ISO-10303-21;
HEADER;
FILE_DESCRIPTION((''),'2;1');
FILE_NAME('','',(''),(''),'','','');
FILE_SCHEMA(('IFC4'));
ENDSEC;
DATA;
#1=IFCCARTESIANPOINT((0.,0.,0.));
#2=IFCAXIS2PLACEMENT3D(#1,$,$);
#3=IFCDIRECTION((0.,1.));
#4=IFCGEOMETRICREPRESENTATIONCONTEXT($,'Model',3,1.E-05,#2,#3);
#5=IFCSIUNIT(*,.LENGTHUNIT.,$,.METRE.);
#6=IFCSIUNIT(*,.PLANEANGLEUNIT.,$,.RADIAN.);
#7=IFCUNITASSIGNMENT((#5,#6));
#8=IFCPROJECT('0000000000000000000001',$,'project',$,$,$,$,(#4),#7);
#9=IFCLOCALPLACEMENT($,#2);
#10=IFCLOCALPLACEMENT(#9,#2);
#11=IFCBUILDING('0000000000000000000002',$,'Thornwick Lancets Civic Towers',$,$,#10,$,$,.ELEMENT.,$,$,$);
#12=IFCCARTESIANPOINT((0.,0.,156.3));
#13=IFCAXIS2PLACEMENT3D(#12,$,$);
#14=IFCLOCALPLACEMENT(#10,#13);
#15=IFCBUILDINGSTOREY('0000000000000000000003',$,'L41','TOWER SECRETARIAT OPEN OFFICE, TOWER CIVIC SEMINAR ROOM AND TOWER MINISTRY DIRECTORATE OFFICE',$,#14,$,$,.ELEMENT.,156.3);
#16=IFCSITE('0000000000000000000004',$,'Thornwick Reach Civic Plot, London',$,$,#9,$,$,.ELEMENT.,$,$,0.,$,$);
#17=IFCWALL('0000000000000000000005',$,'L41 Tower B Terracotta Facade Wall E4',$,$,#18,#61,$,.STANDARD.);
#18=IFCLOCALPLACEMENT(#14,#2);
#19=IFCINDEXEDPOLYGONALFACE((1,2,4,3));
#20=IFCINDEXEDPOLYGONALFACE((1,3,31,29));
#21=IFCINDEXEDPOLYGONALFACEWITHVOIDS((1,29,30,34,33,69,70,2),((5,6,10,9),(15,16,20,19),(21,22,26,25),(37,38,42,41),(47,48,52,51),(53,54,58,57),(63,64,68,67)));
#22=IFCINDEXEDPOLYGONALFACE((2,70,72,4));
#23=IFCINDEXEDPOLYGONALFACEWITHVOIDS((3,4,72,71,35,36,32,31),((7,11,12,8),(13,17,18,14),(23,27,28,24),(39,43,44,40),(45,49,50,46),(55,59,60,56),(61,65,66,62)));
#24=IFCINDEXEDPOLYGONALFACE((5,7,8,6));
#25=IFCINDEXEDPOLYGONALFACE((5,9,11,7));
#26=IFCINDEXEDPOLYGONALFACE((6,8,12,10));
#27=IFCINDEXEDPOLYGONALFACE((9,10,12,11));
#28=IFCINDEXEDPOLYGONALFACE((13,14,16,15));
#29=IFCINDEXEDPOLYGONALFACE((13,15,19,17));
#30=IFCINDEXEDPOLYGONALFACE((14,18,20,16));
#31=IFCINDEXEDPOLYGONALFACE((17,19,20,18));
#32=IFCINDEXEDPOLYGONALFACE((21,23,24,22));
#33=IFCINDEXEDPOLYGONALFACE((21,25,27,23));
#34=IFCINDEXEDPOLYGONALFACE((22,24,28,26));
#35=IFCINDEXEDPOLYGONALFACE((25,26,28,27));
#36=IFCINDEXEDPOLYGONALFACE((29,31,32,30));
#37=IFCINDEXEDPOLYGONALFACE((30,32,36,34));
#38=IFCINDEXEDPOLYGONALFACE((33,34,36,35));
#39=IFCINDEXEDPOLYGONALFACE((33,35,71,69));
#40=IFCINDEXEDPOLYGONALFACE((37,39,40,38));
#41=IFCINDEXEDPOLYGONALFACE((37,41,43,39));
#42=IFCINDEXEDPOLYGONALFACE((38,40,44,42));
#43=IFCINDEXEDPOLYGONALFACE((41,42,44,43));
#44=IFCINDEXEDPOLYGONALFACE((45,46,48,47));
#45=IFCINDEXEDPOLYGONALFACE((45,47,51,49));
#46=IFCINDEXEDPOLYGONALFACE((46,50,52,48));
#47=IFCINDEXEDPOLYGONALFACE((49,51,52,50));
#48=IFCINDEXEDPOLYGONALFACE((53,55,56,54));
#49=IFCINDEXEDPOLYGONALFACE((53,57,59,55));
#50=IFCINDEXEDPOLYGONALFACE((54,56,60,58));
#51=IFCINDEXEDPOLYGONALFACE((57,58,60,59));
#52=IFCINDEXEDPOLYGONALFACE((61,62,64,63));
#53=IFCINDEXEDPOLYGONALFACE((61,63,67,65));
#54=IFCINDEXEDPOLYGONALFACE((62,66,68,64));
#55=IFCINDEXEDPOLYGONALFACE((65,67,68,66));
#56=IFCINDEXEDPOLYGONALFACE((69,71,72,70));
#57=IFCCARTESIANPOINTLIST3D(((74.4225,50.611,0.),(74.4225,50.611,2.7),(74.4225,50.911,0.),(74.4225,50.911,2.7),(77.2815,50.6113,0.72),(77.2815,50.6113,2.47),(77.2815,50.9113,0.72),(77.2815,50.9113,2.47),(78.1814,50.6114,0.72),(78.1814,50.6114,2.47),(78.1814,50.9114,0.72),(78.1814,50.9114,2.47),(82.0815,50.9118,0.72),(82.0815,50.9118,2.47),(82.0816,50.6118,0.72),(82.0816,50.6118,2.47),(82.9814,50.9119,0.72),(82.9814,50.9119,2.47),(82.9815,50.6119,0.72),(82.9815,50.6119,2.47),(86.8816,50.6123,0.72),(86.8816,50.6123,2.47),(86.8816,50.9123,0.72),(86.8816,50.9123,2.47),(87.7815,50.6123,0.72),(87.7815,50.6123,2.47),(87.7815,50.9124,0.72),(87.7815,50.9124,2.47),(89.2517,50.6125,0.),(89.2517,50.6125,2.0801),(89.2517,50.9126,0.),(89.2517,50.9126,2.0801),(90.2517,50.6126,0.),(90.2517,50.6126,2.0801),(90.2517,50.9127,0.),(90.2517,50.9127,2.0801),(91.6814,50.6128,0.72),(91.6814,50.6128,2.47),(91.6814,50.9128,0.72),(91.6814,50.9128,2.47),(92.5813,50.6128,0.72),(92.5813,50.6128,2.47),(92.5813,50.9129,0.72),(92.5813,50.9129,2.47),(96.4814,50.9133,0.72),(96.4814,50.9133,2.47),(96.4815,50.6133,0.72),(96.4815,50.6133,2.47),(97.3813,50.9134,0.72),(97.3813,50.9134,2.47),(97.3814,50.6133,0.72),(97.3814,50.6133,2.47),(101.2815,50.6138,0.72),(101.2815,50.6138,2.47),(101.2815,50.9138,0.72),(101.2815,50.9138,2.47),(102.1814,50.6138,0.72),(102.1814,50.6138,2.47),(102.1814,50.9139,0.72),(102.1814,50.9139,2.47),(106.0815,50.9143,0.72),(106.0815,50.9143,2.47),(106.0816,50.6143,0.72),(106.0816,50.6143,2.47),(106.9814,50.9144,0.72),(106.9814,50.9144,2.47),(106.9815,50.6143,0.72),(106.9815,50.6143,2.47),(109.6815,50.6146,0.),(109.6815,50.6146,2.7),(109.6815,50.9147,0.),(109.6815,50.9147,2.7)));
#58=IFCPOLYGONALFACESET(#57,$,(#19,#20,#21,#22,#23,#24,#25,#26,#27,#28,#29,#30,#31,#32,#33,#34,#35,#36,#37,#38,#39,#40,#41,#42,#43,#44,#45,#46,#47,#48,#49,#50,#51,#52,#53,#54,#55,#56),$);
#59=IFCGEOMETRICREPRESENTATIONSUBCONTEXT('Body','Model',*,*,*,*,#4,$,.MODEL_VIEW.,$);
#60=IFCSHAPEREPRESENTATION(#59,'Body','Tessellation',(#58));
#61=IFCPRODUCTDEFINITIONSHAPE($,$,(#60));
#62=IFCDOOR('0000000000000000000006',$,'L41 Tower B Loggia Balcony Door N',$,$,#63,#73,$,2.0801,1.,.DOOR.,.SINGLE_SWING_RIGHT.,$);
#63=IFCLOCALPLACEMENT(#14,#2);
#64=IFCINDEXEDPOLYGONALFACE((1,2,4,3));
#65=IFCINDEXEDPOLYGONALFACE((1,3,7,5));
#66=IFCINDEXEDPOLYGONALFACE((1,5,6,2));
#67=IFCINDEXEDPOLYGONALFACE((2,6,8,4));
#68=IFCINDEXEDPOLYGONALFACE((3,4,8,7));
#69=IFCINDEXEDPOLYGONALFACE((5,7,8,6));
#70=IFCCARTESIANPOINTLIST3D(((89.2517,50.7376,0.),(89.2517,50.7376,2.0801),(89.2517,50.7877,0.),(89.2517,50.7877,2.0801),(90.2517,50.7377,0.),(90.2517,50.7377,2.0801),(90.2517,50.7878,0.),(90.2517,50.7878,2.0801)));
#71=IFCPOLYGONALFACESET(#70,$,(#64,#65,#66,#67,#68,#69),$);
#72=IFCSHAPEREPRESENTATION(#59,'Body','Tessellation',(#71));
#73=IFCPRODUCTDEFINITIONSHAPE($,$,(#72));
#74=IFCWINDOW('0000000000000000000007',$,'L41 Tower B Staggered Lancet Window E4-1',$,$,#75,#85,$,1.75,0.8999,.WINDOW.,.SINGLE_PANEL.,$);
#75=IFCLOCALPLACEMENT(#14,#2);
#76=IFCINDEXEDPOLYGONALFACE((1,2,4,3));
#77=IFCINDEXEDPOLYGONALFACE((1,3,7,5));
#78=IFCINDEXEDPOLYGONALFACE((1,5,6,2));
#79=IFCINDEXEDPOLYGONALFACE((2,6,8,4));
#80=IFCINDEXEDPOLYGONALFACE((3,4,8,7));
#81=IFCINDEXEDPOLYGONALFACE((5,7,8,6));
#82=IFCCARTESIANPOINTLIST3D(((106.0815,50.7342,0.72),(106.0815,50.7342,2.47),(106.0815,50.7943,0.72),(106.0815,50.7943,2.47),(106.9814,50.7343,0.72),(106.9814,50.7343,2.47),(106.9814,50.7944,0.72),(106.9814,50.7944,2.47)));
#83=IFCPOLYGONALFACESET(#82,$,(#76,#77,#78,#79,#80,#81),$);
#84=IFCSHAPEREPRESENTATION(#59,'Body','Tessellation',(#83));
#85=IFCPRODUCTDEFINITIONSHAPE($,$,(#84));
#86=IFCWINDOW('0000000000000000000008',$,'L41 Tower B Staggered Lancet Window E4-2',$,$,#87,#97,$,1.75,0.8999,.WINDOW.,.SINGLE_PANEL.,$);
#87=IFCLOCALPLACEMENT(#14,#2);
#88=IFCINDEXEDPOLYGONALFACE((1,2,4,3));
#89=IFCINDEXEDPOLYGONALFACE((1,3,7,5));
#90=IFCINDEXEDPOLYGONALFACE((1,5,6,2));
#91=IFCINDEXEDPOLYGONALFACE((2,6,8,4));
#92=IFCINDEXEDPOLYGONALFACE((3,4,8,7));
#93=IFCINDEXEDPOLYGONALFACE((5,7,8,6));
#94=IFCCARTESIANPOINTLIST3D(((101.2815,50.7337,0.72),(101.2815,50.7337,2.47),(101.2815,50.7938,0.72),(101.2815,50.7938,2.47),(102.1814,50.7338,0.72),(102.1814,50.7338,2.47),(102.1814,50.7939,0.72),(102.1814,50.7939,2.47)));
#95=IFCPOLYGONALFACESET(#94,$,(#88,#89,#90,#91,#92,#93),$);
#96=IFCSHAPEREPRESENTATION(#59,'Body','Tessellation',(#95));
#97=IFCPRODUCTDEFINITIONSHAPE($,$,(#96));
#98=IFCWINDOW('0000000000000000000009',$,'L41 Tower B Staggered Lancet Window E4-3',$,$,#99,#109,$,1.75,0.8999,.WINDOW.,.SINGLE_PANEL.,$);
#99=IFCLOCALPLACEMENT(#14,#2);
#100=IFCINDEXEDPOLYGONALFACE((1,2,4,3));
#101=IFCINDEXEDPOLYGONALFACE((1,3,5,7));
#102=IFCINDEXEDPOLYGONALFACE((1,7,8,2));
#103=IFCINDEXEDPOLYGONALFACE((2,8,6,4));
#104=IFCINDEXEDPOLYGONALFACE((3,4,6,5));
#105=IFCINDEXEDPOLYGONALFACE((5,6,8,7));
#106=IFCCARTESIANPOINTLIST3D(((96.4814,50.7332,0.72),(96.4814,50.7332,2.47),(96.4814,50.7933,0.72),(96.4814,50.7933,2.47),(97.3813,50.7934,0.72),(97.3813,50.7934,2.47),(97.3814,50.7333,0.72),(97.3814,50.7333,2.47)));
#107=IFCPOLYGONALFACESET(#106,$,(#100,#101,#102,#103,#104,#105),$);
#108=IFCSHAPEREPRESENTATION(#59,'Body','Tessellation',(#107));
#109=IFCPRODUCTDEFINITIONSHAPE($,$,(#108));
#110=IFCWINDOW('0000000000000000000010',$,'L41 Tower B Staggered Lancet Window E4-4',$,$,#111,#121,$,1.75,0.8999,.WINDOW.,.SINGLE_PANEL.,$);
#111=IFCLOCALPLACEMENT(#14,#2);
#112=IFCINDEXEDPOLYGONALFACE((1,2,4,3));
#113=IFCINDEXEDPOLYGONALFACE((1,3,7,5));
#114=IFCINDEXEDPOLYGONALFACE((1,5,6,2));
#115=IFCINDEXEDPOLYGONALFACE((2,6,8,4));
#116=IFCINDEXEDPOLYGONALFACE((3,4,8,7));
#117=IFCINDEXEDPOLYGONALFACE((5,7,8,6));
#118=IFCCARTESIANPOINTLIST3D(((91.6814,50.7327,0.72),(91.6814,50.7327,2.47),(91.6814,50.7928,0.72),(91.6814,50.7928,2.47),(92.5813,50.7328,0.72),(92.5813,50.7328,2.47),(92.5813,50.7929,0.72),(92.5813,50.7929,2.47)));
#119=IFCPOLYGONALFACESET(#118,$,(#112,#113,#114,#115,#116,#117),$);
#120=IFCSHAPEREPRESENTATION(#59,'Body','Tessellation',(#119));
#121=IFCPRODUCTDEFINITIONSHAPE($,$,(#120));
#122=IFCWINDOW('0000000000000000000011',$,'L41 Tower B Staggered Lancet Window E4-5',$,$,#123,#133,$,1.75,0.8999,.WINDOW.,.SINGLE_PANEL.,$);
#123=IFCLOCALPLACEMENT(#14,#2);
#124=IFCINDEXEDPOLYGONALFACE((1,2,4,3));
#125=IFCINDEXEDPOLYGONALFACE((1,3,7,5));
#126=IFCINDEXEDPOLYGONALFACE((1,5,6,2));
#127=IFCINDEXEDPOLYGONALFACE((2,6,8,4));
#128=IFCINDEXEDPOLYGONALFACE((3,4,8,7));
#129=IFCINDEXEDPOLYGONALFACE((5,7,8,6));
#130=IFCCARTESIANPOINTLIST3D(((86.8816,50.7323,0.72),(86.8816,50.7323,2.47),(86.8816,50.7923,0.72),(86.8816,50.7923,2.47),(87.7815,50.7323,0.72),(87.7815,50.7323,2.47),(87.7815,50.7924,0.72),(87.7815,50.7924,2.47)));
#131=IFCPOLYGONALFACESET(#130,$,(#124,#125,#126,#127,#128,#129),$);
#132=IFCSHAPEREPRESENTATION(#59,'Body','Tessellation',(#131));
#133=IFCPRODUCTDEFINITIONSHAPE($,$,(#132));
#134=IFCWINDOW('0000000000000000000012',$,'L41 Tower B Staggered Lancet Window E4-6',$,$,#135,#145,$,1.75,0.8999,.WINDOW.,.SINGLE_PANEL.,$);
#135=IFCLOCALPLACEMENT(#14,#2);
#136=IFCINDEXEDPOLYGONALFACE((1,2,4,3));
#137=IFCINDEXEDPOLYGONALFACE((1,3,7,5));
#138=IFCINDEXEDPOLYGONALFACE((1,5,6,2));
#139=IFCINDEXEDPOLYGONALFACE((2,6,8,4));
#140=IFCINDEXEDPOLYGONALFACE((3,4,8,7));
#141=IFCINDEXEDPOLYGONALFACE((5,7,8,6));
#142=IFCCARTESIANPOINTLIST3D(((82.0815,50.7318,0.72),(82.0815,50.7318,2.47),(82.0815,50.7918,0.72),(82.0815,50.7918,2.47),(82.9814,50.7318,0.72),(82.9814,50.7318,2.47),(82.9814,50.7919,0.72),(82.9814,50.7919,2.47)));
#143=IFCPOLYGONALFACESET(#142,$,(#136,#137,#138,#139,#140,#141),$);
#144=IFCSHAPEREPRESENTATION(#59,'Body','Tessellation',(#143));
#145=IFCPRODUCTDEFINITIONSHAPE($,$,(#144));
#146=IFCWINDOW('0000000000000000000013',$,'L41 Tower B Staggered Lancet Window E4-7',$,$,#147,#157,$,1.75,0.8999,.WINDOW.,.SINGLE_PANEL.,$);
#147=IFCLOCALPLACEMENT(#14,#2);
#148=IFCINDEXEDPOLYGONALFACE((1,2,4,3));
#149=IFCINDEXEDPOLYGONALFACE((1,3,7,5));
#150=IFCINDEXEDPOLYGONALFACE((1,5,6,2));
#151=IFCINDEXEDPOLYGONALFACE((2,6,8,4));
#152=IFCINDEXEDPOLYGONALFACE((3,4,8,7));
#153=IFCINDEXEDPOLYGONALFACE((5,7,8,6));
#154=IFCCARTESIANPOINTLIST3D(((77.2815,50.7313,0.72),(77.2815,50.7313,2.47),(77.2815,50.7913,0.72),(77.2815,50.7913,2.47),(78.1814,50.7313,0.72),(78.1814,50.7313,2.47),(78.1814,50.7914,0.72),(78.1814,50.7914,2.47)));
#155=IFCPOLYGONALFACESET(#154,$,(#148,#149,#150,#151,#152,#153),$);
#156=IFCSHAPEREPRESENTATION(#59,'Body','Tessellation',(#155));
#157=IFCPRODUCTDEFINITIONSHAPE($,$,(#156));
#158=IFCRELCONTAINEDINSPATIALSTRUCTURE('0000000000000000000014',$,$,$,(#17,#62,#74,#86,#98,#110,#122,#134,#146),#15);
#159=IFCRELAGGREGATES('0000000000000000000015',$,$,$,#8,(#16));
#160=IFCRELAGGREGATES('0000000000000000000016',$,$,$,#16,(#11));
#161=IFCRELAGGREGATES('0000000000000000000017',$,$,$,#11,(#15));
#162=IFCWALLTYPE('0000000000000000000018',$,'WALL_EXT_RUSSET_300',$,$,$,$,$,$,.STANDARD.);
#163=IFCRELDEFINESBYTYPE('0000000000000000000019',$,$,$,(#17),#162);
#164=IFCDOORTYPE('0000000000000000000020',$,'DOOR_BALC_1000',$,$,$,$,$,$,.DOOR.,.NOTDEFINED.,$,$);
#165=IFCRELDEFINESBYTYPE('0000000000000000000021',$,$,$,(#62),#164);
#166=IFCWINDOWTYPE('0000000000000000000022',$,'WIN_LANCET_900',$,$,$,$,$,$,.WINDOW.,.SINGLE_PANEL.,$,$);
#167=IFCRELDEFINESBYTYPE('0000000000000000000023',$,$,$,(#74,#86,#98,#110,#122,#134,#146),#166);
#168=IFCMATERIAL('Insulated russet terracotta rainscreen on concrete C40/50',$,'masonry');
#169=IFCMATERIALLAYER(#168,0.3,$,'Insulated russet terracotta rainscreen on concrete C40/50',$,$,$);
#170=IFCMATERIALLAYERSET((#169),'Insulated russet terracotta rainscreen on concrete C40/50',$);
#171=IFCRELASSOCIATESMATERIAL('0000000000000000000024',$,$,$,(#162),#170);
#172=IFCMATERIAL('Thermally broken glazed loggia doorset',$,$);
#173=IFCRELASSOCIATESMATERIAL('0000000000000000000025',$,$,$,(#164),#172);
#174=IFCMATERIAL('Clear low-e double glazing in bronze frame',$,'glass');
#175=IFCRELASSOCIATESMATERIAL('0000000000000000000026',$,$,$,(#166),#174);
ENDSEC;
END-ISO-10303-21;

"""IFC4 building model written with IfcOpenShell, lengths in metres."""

from ifc_helpers import new_model, si_unit, direction, frame, frame_2d, origin, place, context, subcontext, project, spatial, rectangle, extrude, material, layer, layer_set, type_object, element, fill, save


model = new_model("IFC4")

# Units and contexts
model_context = context("Model", 3, precision=1e-05, world=origin(), true_north=direction((0.0, 1.0)))
body_context = subcontext(model_context, "Body", "Model", "MODEL_VIEW")
ifc_project = project(units=[si_unit("LENGTHUNIT", "METRE"), si_unit("PLANEANGLEUNIT", "RADIAN")], contexts=[model_context])

# Site, building, storey
site_placement = place(None, origin())
site = spatial("IfcSite", under=ifc_project, at=site_placement, Name="Thornwick Reach Civic Plot, London", CompositionType="ELEMENT", RefElevation=0.0)
building_placement = place(site_placement, origin())
building = spatial("IfcBuilding", under=site, at=building_placement, Name="Thornwick Lancets Civic Towers", CompositionType="ELEMENT")
storey_placement = place(building_placement, frame((0.0, 0.0, 156.3)))
storey = spatial("IfcBuildingStorey", under=building, at=storey_placement, Name="L41", Description="TOWER SECRETARIAT OPEN OFFICE, TOWER CIVIC SEMINAR ROOM AND TOWER MINISTRY DIRECTORATE OFFICE", CompositionType="ELEMENT", Elevation=156.3)

# Wall, openings, door, windows
ifc_material_1 = material(Name="Insulated russet terracotta rainscreen on concrete C40/50", Category="masonry")
ifc_layer_1 = layer(ifc_material_1, 0.3, Name="Insulated russet terracotta rainscreen on concrete C40/50")
ifc_layer_set_1 = layer_set([ifc_layer_1], Name="Insulated russet terracotta rainscreen on concrete C40/50")
wall_type_1 = type_object("IfcWallType", Name="WALL_EXT_RUSSET_300", PredefinedType="STANDARD", material=ifc_layer_set_1)
wall_1_placement = place(storey_placement, frame((109.6814, 50.7646, 0.0), z_axis=(0.0, 0.0, 1.0), x_axis=(-1.0, -0.000104, 0.0)))
wall_1 = element("IfcWall", 1, at=wall_1_placement, inside=storey, type_object=wall_type_1, Name="L41 Tower B Terracotta Facade Wall E4", PredefinedType="STANDARD", context=body_context, shape_type="SweptSolid", body=[
    extrude(rectangle(XDim=35.259, YDim=0.3, at=frame_2d((17.6294, 0.0))), origin(), (0.0, 0.0, 1.0), 2.7),
])
opening_1_placement = place(wall_1_placement, frame((19.4297, 0.0, 0.0)))
opening_1 = element("IfcOpeningElement", 2, at=opening_1_placement, cuts=wall_1, PredefinedType="OPENING", context=body_context, shape_type="SweptSolid", body=[
    extrude(rectangle(XDim=1.0, YDim=2.0801, at=frame_2d((0.5, 1.04))), frame((0.0, 0.1602, 0.0), z_axis=(0.0, -1.0, 0.0), x_axis=(1.0, 0.0, 0.0)), (0.0, 0.0, 1.0), 0.3201),
])
opening_2_placement = place(wall_1_placement, frame((2.7, 0.0, 0.72)))
opening_2 = element("IfcOpeningElement", 3, at=opening_2_placement, cuts=wall_1, PredefinedType="OPENING", context=body_context, shape_type="SweptSolid", body=[
    extrude(rectangle(XDim=0.8999, YDim=1.75, at=frame_2d((0.45, 0.875))), frame((0.0, 0.1602, 0.0), z_axis=(0.0, -1.0, 0.0), x_axis=(1.0, 0.0, 0.0)), (0.0, 0.0, 1.0), 0.3201),
])
opening_3_placement = place(wall_1_placement, frame((7.5, 0.0, 0.72)))
opening_3 = element("IfcOpeningElement", 4, at=opening_3_placement, cuts=wall_1, PredefinedType="OPENING", context=body_context, shape_type="SweptSolid", body=[
    extrude(rectangle(XDim=0.8999, YDim=1.75, at=frame_2d((0.45, 0.875))), frame((0.0, 0.1602, 0.0), z_axis=(0.0, -1.0, 0.0), x_axis=(1.0, 0.0, 0.0)), (0.0, 0.0, 1.0), 0.3201),
])
opening_4_placement = place(wall_1_placement, frame((12.3, 0.0, 0.72)))
opening_4 = element("IfcOpeningElement", 5, at=opening_4_placement, cuts=wall_1, PredefinedType="OPENING", context=body_context, shape_type="SweptSolid", body=[
    extrude(rectangle(XDim=0.8999, YDim=1.75, at=frame_2d((0.45, 0.875))), frame((0.0, 0.1602, 0.0), z_axis=(0.0, -1.0, 0.0), x_axis=(1.0, 0.0, 0.0)), (0.0, 0.0, 1.0), 0.3201),
])
opening_5_placement = place(wall_1_placement, frame((17.1001, 0.0, 0.72)))
opening_5 = element("IfcOpeningElement", 6, at=opening_5_placement, cuts=wall_1, PredefinedType="OPENING", context=body_context, shape_type="SweptSolid", body=[
    extrude(rectangle(XDim=0.8999, YDim=1.75, at=frame_2d((0.45, 0.875))), frame((0.0, 0.1602, 0.0), z_axis=(0.0, -1.0, 0.0), x_axis=(1.0, 0.0, 0.0)), (0.0, 0.0, 1.0), 0.3201),
])
opening_6_placement = place(wall_1_placement, frame((21.8999, 0.0, 0.72)))
opening_6 = element("IfcOpeningElement", 7, at=opening_6_placement, cuts=wall_1, PredefinedType="OPENING", context=body_context, shape_type="SweptSolid", body=[
    extrude(rectangle(XDim=0.8999, YDim=1.75, at=frame_2d((0.45, 0.875))), frame((0.0, 0.1602, 0.0), z_axis=(0.0, -1.0, 0.0), x_axis=(1.0, 0.0, 0.0)), (0.0, 0.0, 1.0), 0.3201),
])
opening_7_placement = place(wall_1_placement, frame((26.7, 0.0, 0.72)))
opening_7 = element("IfcOpeningElement", 8, at=opening_7_placement, cuts=wall_1, PredefinedType="OPENING", context=body_context, shape_type="SweptSolid", body=[
    extrude(rectangle(XDim=0.8999, YDim=1.75, at=frame_2d((0.45, 0.875))), frame((0.0, 0.1602, 0.0), z_axis=(0.0, -1.0, 0.0), x_axis=(1.0, 0.0, 0.0)), (0.0, 0.0, 1.0), 0.3201),
])
opening_8_placement = place(wall_1_placement, frame((31.5, 0.0, 0.72)))
opening_8 = element("IfcOpeningElement", 9, at=opening_8_placement, cuts=wall_1, PredefinedType="OPENING", context=body_context, shape_type="SweptSolid", body=[
    extrude(rectangle(XDim=0.8999, YDim=1.75, at=frame_2d((0.45, 0.875))), frame((0.0, 0.1602, 0.0), z_axis=(0.0, -1.0, 0.0), x_axis=(1.0, 0.0, 0.0)), (0.0, 0.0, 1.0), 0.3201),
])
ifc_material_2 = material(Name="Thermally broken glazed loggia doorset")
door_type = type_object("IfcDoorType", Name="DOOR_BALC_1000", OperationType="NOTDEFINED", PredefinedType="DOOR", material=ifc_material_2)
door_placement = place(opening_1_placement, origin())
door = element("IfcDoor", 10, at=door_placement, inside=storey, type_object=door_type, Name="L41 Tower B Loggia Balcony Door N", OperationType="SINGLE_SWING_RIGHT", OverallHeight=2.0801, OverallWidth=1.0, PredefinedType="DOOR", context=body_context, shape_type="SweptSolid", body=[
    extrude(rectangle(XDim=1.0, YDim=2.0801, at=frame_2d((0.5, 1.04))), frame((0.0, 0.0249, 0.0), z_axis=(0.0, -1.0, 0.0), x_axis=(1.0, 0.0, 0.0)), (0.0, 0.0, 1.0), 0.05),
])
fill(opening_1, door)
ifc_material_3 = material(Name="Clear low-e double glazing in bronze frame", Category="glass")
window_type = type_object("IfcWindowType", Name="WIN_LANCET_900", PartitioningType="SINGLE_PANEL", PredefinedType="WINDOW", material=ifc_material_3)
window_1_placement = place(opening_2_placement, origin())
window_1 = element("IfcWindow", 11, at=window_1_placement, inside=storey, type_object=window_type, Name="L41 Tower B Staggered Lancet Window E4-1", OverallHeight=1.75, OverallWidth=0.8999, PartitioningType="SINGLE_PANEL", PredefinedType="WINDOW", context=body_context, shape_type="SweptSolid", body=[
    extrude(rectangle(XDim=0.8999, YDim=1.75, at=frame_2d((0.45, 0.875))), frame((0.0, 0.03, 0.0), z_axis=(0.0, -1.0, 0.0), x_axis=(1.0, 0.0, 0.0)), (0.0, 0.0, 1.0), 0.0601),
])
fill(opening_2, window_1)
window_2_placement = place(opening_3_placement, origin())
window_2 = element("IfcWindow", 12, at=window_2_placement, inside=storey, type_object=window_type, Name="L41 Tower B Staggered Lancet Window E4-2", OverallHeight=1.75, OverallWidth=0.8999, PartitioningType="SINGLE_PANEL", PredefinedType="WINDOW", context=body_context, shape_type="SweptSolid", body=[
    extrude(rectangle(XDim=0.8999, YDim=1.75, at=frame_2d((0.45, 0.875))), frame((0.0, 0.03, 0.0), z_axis=(0.0, -1.0, 0.0), x_axis=(1.0, 0.0, 0.0)), (0.0, 0.0, 1.0), 0.0601),
])
fill(opening_3, window_2)
window_3_placement = place(opening_4_placement, origin())
window_3 = element("IfcWindow", 13, at=window_3_placement, inside=storey, type_object=window_type, Name="L41 Tower B Staggered Lancet Window E4-3", OverallHeight=1.75, OverallWidth=0.8999, PartitioningType="SINGLE_PANEL", PredefinedType="WINDOW", context=body_context, shape_type="SweptSolid", body=[
    extrude(rectangle(XDim=0.8999, YDim=1.75, at=frame_2d((0.45, 0.875))), frame((0.0, 0.03, 0.0), z_axis=(0.0, -1.0, 0.0), x_axis=(1.0, 0.0, 0.0)), (0.0, 0.0, 1.0), 0.0601),
])
fill(opening_4, window_3)
window_4_placement = place(opening_5_placement, origin())
window_4 = element("IfcWindow", 14, at=window_4_placement, inside=storey, type_object=window_type, Name="L41 Tower B Staggered Lancet Window E4-4", OverallHeight=1.75, OverallWidth=0.8999, PartitioningType="SINGLE_PANEL", PredefinedType="WINDOW", context=body_context, shape_type="SweptSolid", body=[
    extrude(rectangle(XDim=0.8999, YDim=1.75, at=frame_2d((0.45, 0.875))), frame((0.0, 0.03, 0.0), z_axis=(0.0, -1.0, 0.0), x_axis=(1.0, 0.0, 0.0)), (0.0, 0.0, 1.0), 0.0601),
])
fill(opening_5, window_4)
window_5_placement = place(opening_6_placement, origin())
window_5 = element("IfcWindow", 15, at=window_5_placement, inside=storey, type_object=window_type, Name="L41 Tower B Staggered Lancet Window E4-5", OverallHeight=1.75, OverallWidth=0.8999, PartitioningType="SINGLE_PANEL", PredefinedType="WINDOW", context=body_context, shape_type="SweptSolid", body=[
    extrude(rectangle(XDim=0.8999, YDim=1.75, at=frame_2d((0.45, 0.875))), frame((0.0, 0.03, 0.0), z_axis=(0.0, -1.0, 0.0), x_axis=(1.0, 0.0, 0.0)), (0.0, 0.0, 1.0), 0.0601),
])
fill(opening_6, window_5)
window_6_placement = place(opening_7_placement, origin())
window_6 = element("IfcWindow", 16, at=window_6_placement, inside=storey, type_object=window_type, Name="L41 Tower B Staggered Lancet Window E4-6", OverallHeight=1.75, OverallWidth=0.8999, PartitioningType="SINGLE_PANEL", PredefinedType="WINDOW", context=body_context, shape_type="SweptSolid", body=[
    extrude(rectangle(XDim=0.8999, YDim=1.75, at=frame_2d((0.45, 0.875))), frame((0.0, 0.03, 0.0), z_axis=(0.0, -1.0, 0.0), x_axis=(1.0, 0.0, 0.0)), (0.0, 0.0, 1.0), 0.0601),
])
fill(opening_7, window_6)
window_7_placement = place(opening_8_placement, origin())
window_7 = element("IfcWindow", 17, at=window_7_placement, inside=storey, type_object=window_type, Name="L41 Tower B Staggered Lancet Window E4-7", OverallHeight=1.75, OverallWidth=0.8999, PartitioningType="SINGLE_PANEL", PredefinedType="WINDOW", context=body_context, shape_type="SweptSolid", body=[
    extrude(rectangle(XDim=0.8999, YDim=1.75, at=frame_2d((0.45, 0.875))), frame((0.0, 0.03, 0.0), z_axis=(0.0, -1.0, 0.0), x_axis=(1.0, 0.0, 0.0)), (0.0, 0.0, 1.0), 0.0601),
])
fill(opening_8, window_7)

save(model, "model.ifc")
